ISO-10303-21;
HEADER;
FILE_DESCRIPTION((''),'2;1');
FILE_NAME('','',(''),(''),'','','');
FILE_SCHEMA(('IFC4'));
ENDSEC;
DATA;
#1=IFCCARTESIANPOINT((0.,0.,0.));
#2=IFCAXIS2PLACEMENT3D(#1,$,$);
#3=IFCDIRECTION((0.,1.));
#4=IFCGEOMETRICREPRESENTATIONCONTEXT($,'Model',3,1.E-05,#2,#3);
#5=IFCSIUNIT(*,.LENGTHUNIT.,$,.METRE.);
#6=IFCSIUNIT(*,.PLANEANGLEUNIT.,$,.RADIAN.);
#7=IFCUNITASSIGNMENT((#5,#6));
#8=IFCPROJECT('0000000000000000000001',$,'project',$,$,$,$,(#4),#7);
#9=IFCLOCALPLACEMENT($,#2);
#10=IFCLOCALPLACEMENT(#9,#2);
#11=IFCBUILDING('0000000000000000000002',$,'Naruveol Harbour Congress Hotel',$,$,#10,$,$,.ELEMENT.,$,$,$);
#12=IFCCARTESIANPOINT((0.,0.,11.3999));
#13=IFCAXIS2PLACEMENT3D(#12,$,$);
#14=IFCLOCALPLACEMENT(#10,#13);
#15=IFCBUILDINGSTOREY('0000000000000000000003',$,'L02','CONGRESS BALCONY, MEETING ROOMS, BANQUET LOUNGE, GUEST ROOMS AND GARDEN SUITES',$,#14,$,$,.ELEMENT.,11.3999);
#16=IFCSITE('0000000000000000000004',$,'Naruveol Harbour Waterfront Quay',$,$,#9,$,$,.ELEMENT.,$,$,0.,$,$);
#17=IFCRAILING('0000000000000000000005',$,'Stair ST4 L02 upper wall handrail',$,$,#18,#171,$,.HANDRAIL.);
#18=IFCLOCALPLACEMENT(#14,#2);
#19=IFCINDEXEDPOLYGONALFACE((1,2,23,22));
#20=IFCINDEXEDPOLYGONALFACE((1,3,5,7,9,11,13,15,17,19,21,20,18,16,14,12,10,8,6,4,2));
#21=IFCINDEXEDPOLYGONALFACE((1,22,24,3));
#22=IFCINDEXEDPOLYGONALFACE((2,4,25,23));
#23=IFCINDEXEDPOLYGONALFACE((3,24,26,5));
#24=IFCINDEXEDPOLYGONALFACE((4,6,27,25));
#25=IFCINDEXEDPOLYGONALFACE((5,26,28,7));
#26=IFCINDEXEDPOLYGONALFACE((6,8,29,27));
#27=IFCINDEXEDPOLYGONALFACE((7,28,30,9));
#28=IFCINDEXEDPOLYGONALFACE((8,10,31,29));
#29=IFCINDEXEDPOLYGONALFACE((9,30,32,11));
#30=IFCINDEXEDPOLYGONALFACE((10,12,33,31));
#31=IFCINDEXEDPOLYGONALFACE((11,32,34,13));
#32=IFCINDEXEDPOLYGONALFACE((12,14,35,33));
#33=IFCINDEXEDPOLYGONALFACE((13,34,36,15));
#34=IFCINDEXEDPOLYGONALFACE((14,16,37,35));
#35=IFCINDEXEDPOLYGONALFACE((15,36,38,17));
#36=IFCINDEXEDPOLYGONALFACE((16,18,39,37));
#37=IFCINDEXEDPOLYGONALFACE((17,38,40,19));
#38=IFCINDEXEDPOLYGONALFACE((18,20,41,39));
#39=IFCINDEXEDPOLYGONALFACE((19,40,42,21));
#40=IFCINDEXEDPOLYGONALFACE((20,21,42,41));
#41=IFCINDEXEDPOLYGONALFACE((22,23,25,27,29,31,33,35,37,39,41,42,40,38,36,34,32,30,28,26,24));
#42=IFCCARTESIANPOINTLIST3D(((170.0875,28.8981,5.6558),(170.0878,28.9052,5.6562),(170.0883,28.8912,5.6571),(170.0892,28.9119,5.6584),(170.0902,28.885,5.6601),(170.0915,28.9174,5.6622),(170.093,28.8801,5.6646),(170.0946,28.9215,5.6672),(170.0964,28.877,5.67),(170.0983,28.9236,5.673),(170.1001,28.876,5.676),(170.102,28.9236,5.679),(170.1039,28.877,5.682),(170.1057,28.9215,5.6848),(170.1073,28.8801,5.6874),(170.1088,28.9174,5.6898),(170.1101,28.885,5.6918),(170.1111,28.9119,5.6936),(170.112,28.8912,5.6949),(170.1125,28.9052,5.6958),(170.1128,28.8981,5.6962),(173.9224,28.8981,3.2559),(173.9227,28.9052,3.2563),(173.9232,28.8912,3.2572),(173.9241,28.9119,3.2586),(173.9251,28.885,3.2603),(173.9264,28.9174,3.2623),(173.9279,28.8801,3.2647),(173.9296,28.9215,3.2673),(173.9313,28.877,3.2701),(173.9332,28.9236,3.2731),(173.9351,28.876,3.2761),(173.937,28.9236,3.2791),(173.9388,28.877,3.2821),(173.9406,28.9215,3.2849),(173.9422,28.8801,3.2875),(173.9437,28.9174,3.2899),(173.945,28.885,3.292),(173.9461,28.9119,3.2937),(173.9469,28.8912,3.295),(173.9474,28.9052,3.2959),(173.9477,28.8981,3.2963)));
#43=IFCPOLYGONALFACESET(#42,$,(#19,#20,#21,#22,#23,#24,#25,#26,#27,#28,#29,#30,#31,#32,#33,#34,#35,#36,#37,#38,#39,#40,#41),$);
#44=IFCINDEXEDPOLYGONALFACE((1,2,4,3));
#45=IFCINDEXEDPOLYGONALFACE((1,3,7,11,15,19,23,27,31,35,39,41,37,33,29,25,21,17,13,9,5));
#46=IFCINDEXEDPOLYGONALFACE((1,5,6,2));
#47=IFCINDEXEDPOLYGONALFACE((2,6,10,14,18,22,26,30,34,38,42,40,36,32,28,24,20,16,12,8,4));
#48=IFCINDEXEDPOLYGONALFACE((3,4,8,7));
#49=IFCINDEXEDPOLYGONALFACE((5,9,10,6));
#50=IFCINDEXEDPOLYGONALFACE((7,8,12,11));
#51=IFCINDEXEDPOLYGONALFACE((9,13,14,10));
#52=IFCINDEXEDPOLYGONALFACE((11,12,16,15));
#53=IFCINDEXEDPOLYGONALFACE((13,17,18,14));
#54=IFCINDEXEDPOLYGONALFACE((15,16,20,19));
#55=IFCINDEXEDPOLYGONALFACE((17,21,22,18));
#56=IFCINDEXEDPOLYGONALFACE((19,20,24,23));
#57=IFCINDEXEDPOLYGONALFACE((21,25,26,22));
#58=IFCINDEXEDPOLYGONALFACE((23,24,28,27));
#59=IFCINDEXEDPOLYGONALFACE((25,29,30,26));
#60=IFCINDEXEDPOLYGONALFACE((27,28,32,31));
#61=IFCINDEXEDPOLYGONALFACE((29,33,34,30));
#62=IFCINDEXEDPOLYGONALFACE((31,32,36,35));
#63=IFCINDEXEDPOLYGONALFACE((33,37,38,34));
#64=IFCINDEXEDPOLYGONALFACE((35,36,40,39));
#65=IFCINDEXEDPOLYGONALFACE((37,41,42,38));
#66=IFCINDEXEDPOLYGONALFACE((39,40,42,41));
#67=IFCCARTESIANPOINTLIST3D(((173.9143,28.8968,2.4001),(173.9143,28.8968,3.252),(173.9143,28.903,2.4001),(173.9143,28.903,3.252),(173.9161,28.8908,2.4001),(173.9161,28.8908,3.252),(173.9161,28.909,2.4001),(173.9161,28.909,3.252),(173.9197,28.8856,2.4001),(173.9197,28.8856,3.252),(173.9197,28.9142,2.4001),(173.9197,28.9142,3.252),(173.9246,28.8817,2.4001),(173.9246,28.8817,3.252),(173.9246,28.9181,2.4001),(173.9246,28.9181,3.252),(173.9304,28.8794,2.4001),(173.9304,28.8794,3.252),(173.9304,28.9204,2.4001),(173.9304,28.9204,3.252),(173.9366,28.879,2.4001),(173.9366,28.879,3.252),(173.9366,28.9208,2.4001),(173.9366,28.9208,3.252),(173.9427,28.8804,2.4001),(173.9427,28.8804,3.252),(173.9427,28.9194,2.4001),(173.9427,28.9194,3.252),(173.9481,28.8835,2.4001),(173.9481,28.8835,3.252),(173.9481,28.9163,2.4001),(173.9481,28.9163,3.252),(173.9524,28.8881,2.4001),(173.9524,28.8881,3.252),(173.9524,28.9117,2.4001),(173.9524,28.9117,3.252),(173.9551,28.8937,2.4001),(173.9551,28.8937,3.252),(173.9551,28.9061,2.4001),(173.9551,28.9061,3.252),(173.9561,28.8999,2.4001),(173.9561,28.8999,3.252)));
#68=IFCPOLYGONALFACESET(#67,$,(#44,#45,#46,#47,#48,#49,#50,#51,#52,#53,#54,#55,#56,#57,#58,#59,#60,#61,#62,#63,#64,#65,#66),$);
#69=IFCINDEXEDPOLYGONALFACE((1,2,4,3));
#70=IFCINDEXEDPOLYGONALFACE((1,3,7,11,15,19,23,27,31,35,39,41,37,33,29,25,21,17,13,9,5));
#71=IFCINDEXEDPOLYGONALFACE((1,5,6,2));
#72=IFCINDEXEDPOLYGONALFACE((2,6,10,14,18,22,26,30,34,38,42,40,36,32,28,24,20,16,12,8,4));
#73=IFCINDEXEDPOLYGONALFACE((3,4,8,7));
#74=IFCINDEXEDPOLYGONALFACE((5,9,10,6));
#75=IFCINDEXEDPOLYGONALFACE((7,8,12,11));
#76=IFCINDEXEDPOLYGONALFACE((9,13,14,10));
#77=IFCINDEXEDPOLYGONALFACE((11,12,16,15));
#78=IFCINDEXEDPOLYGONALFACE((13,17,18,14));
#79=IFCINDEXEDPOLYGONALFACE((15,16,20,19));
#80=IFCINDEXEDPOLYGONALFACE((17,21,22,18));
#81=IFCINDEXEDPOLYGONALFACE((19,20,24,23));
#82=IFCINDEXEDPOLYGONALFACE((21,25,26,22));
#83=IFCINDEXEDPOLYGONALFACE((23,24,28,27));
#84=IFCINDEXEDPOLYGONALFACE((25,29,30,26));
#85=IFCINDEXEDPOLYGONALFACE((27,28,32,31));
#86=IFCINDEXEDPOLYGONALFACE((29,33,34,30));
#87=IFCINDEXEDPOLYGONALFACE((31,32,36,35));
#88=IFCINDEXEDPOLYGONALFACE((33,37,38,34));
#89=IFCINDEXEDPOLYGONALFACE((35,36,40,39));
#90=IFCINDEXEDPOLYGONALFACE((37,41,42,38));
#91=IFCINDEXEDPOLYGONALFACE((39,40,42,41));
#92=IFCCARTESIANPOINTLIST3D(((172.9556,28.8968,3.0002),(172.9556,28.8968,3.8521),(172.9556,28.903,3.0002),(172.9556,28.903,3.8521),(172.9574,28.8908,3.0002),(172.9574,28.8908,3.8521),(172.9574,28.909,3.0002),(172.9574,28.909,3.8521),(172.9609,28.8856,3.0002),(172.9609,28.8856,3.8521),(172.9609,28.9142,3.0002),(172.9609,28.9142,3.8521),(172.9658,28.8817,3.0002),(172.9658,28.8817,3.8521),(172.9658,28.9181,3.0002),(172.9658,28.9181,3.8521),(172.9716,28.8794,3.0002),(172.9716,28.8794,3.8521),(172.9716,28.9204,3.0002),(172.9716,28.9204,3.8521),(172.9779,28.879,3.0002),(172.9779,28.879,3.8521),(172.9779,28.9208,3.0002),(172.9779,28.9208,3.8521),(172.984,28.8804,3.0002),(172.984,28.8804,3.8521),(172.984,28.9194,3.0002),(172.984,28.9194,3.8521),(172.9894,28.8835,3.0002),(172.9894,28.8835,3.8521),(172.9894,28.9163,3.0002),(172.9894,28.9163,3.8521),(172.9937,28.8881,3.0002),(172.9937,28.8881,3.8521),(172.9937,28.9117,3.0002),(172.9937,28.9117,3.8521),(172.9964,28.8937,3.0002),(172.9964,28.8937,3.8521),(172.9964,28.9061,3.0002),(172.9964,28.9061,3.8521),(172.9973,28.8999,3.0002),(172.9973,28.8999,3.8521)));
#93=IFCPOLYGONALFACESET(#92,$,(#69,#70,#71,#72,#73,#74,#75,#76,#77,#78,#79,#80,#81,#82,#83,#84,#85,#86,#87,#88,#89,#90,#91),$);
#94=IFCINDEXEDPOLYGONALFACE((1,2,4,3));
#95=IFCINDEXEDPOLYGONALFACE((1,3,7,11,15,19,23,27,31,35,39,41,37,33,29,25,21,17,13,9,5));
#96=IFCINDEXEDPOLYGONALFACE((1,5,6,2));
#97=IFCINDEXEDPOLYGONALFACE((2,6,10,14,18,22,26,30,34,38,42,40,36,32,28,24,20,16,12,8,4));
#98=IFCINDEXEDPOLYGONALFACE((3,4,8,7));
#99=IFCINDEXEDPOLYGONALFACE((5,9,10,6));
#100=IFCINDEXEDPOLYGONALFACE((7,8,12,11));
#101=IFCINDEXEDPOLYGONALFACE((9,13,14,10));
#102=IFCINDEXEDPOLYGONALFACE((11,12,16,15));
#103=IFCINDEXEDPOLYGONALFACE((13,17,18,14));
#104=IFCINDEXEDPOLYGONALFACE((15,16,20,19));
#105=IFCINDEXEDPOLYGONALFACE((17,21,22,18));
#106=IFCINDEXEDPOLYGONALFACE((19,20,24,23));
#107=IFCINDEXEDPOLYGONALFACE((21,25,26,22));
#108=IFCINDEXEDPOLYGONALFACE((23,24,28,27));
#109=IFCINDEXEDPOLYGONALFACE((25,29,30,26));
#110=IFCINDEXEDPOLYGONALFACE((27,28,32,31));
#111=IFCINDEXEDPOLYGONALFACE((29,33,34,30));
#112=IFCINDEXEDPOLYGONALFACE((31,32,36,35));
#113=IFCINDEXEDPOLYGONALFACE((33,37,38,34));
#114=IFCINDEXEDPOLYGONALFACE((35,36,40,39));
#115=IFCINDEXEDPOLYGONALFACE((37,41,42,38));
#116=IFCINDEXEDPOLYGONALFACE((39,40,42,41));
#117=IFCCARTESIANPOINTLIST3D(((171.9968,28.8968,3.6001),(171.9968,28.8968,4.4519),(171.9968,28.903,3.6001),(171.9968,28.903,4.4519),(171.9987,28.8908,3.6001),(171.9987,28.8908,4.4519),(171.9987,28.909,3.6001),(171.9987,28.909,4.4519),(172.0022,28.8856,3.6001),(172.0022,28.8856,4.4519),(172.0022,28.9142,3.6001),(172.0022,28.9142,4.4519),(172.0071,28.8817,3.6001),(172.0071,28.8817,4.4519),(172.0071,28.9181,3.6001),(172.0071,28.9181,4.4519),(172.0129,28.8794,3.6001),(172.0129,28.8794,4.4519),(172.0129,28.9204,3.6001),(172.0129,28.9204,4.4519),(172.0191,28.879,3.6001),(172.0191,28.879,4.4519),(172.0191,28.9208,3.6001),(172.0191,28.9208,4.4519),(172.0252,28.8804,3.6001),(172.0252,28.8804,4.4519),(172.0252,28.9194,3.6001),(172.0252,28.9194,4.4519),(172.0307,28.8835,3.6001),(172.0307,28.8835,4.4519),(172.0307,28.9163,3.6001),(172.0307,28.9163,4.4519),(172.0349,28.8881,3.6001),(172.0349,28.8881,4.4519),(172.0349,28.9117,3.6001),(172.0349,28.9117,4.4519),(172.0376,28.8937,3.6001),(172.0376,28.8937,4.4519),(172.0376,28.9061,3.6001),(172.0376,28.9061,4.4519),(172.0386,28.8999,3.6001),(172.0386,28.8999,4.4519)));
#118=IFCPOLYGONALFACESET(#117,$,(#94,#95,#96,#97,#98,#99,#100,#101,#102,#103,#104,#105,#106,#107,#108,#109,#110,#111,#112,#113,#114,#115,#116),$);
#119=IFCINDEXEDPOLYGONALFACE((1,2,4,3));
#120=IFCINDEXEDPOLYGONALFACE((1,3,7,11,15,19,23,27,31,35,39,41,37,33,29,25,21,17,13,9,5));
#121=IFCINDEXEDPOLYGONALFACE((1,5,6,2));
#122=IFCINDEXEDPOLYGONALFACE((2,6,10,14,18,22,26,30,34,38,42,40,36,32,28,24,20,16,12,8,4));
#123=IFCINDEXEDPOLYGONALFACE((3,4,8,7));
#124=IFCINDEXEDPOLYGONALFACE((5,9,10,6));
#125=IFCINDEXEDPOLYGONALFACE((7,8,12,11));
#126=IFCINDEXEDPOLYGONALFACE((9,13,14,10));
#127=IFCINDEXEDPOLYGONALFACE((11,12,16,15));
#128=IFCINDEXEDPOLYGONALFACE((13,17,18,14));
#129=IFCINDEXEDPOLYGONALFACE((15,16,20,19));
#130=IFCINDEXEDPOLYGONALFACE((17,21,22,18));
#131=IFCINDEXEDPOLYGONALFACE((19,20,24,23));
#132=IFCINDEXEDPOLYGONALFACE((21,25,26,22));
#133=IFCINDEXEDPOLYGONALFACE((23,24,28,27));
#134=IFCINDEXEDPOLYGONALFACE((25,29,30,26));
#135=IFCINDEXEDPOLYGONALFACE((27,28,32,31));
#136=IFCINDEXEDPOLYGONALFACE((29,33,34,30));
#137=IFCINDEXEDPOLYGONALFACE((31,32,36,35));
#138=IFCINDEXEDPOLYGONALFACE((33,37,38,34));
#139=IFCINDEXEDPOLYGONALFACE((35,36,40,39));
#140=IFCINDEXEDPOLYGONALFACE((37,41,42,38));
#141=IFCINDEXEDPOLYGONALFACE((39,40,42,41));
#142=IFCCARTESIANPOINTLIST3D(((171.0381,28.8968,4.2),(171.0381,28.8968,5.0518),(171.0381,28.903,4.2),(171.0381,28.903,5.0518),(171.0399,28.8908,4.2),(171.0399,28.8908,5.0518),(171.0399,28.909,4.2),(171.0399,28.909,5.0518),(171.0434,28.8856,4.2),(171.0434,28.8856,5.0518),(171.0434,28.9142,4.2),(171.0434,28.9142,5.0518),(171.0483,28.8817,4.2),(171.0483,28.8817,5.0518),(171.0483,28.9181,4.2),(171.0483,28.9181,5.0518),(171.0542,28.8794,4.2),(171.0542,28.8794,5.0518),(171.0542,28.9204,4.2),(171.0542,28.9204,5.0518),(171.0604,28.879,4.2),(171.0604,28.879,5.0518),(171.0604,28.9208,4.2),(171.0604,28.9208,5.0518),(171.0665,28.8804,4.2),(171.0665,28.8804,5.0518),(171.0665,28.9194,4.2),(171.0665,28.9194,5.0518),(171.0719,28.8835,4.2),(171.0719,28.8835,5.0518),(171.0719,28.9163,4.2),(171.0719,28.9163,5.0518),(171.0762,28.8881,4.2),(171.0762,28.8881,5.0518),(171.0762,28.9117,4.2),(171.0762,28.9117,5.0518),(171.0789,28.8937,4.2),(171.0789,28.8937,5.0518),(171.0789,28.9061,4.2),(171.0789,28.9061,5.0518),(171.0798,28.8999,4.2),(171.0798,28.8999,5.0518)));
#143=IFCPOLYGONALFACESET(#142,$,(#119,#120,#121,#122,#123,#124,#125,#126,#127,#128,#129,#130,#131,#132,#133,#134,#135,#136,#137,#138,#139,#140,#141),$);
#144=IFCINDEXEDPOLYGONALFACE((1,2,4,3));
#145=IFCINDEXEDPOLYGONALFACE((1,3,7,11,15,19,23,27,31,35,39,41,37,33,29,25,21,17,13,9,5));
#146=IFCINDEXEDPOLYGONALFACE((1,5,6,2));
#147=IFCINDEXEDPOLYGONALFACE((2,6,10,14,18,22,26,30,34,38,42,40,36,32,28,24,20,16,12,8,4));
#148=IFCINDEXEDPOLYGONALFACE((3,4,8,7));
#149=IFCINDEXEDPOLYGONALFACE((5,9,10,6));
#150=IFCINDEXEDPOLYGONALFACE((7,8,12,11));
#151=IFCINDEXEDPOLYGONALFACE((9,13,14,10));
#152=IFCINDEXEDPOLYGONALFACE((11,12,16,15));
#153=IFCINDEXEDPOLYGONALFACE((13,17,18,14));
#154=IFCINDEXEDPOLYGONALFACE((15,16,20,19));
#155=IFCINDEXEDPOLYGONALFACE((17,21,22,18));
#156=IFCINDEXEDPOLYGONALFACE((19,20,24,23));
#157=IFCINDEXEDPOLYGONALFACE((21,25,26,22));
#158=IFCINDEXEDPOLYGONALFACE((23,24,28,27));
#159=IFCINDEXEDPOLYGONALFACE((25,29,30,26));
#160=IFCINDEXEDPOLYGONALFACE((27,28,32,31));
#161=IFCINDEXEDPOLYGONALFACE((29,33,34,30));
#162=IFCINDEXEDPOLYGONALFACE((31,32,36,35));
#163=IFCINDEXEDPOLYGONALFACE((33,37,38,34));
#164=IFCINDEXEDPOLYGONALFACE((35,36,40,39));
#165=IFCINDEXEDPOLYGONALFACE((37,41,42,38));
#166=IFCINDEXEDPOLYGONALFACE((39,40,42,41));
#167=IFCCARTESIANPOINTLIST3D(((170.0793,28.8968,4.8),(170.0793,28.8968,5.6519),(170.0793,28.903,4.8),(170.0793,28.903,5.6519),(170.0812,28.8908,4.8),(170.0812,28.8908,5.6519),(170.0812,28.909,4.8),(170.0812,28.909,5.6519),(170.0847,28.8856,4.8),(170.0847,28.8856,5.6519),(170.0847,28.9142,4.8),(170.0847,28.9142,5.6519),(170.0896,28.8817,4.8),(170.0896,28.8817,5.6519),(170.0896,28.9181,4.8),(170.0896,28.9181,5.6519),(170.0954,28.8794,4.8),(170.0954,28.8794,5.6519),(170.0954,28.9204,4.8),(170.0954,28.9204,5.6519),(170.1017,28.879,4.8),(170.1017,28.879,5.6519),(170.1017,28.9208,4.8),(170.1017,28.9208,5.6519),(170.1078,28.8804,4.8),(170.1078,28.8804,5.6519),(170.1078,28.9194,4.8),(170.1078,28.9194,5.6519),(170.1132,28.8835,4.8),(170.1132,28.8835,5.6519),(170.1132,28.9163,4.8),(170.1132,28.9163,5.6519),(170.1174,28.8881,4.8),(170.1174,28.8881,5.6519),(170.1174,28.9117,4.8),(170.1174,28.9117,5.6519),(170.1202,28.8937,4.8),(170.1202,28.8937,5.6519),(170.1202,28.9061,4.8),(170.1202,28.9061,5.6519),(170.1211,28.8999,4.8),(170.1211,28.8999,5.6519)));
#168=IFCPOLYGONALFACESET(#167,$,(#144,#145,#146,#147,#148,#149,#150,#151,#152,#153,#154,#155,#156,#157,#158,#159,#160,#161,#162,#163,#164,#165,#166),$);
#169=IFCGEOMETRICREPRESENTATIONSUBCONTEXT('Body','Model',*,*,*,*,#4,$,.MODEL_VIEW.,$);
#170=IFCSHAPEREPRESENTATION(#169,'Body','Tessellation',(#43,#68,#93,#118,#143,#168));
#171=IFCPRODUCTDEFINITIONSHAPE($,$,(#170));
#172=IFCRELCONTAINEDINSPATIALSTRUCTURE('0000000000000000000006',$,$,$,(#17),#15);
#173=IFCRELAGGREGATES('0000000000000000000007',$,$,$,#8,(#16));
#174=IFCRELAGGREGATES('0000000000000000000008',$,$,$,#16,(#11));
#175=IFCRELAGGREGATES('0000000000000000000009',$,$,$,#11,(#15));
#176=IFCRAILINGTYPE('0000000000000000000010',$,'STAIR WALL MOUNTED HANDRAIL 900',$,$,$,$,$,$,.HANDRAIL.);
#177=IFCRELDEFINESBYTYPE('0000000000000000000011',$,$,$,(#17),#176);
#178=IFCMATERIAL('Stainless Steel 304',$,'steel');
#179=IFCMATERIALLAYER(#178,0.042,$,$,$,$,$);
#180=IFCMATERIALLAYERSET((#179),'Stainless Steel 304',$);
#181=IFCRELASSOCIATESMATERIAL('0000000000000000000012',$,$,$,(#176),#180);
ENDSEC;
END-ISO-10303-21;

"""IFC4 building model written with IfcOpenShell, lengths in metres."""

from ifc_helpers import new_model, si_unit, direction, frame, origin, origin_2d, place, context, subcontext, project, spatial, circle, extrude, material, layer, layer_set, type_object, element, save


model = new_model("IFC4")

# Units and contexts
model_context = context("Model", 3, precision=1e-05, world=origin(), true_north=direction((0.0, 1.0)))
body_context = subcontext(model_context, "Body", "Model", "MODEL_VIEW")
ifc_project = project(units=[si_unit("LENGTHUNIT", "METRE"), si_unit("PLANEANGLEUNIT", "RADIAN")], contexts=[model_context])

# Site, building, storey
site_placement = place(None, origin())
site = spatial("IfcSite", under=ifc_project, at=site_placement, Name="Naruveol Harbour Waterfront Quay", CompositionType="ELEMENT", RefElevation=0.0)
building_placement = place(site_placement, origin())
building = spatial("IfcBuilding", under=site, at=building_placement, Name="Naruveol Harbour Congress Hotel", CompositionType="ELEMENT")
storey_placement = place(building_placement, frame((0.0, 0.0, 11.3999)))
storey = spatial("IfcBuildingStorey", under=building, at=storey_placement, Name="L02", Description="CONGRESS BALCONY, MEETING ROOMS, BANQUET LOUNGE, GUEST ROOMS AND GARDEN SUITES", CompositionType="ELEMENT", Elevation=11.3999)

# Railing
ifc_material_1 = material(Name="Stainless Steel 304", Category="steel")
ifc_layer_1 = layer(ifc_material_1, 0.042)
ifc_layer_set_1 = layer_set([ifc_layer_1], Name="Stainless Steel 304")
railing_type_1 = type_object("IfcRailingType", Name="STAIR WALL MOUNTED HANDRAIL 900", PredefinedType="HANDRAIL", material=ifc_layer_set_1)
railing_1_placement = place(storey_placement, frame((173.9351, 28.8999, 2.4001)))
element("IfcRailing", 1, at=railing_1_placement, inside=storey, type_object=railing_type_1, Name="Stair ST4 L02 upper wall handrail", PredefinedType="HANDRAIL", context=body_context, shape_type="SweptSolid", body=[
    extrude(circle(Radius=0.0239, at=origin_2d()), frame((0.0, 0.0, 0.876), z_axis=(-0.847695, 0.0, 0.530484), x_axis=(0.0, -1.0, 0.0)), (0.0, 0.0, 1.0), 4.5239),
    extrude(circle(Radius=0.021, at=origin_2d()), origin(), (0.0, 0.0, 1.0), 0.8518),
    extrude(circle(Radius=0.021, at=origin_2d()), frame((-0.9587, 0.0, 0.6001)), (0.0, 0.0, 1.0), 0.8518),
    extrude(circle(Radius=0.021, at=origin_2d()), frame((-1.9175, 0.0, 1.2)), (0.0, 0.0, 1.0), 0.8518),
    extrude(circle(Radius=0.021, at=origin_2d()), frame((-2.8762, 0.0, 1.7998)), (0.0, 0.0, 1.0), 0.8518),
    extrude(circle(Radius=0.021, at=origin_2d()), frame((-3.835, 0.0, 2.3999)), (0.0, 0.0, 1.0), 0.8518),
])

save(model, "model.ifc")
